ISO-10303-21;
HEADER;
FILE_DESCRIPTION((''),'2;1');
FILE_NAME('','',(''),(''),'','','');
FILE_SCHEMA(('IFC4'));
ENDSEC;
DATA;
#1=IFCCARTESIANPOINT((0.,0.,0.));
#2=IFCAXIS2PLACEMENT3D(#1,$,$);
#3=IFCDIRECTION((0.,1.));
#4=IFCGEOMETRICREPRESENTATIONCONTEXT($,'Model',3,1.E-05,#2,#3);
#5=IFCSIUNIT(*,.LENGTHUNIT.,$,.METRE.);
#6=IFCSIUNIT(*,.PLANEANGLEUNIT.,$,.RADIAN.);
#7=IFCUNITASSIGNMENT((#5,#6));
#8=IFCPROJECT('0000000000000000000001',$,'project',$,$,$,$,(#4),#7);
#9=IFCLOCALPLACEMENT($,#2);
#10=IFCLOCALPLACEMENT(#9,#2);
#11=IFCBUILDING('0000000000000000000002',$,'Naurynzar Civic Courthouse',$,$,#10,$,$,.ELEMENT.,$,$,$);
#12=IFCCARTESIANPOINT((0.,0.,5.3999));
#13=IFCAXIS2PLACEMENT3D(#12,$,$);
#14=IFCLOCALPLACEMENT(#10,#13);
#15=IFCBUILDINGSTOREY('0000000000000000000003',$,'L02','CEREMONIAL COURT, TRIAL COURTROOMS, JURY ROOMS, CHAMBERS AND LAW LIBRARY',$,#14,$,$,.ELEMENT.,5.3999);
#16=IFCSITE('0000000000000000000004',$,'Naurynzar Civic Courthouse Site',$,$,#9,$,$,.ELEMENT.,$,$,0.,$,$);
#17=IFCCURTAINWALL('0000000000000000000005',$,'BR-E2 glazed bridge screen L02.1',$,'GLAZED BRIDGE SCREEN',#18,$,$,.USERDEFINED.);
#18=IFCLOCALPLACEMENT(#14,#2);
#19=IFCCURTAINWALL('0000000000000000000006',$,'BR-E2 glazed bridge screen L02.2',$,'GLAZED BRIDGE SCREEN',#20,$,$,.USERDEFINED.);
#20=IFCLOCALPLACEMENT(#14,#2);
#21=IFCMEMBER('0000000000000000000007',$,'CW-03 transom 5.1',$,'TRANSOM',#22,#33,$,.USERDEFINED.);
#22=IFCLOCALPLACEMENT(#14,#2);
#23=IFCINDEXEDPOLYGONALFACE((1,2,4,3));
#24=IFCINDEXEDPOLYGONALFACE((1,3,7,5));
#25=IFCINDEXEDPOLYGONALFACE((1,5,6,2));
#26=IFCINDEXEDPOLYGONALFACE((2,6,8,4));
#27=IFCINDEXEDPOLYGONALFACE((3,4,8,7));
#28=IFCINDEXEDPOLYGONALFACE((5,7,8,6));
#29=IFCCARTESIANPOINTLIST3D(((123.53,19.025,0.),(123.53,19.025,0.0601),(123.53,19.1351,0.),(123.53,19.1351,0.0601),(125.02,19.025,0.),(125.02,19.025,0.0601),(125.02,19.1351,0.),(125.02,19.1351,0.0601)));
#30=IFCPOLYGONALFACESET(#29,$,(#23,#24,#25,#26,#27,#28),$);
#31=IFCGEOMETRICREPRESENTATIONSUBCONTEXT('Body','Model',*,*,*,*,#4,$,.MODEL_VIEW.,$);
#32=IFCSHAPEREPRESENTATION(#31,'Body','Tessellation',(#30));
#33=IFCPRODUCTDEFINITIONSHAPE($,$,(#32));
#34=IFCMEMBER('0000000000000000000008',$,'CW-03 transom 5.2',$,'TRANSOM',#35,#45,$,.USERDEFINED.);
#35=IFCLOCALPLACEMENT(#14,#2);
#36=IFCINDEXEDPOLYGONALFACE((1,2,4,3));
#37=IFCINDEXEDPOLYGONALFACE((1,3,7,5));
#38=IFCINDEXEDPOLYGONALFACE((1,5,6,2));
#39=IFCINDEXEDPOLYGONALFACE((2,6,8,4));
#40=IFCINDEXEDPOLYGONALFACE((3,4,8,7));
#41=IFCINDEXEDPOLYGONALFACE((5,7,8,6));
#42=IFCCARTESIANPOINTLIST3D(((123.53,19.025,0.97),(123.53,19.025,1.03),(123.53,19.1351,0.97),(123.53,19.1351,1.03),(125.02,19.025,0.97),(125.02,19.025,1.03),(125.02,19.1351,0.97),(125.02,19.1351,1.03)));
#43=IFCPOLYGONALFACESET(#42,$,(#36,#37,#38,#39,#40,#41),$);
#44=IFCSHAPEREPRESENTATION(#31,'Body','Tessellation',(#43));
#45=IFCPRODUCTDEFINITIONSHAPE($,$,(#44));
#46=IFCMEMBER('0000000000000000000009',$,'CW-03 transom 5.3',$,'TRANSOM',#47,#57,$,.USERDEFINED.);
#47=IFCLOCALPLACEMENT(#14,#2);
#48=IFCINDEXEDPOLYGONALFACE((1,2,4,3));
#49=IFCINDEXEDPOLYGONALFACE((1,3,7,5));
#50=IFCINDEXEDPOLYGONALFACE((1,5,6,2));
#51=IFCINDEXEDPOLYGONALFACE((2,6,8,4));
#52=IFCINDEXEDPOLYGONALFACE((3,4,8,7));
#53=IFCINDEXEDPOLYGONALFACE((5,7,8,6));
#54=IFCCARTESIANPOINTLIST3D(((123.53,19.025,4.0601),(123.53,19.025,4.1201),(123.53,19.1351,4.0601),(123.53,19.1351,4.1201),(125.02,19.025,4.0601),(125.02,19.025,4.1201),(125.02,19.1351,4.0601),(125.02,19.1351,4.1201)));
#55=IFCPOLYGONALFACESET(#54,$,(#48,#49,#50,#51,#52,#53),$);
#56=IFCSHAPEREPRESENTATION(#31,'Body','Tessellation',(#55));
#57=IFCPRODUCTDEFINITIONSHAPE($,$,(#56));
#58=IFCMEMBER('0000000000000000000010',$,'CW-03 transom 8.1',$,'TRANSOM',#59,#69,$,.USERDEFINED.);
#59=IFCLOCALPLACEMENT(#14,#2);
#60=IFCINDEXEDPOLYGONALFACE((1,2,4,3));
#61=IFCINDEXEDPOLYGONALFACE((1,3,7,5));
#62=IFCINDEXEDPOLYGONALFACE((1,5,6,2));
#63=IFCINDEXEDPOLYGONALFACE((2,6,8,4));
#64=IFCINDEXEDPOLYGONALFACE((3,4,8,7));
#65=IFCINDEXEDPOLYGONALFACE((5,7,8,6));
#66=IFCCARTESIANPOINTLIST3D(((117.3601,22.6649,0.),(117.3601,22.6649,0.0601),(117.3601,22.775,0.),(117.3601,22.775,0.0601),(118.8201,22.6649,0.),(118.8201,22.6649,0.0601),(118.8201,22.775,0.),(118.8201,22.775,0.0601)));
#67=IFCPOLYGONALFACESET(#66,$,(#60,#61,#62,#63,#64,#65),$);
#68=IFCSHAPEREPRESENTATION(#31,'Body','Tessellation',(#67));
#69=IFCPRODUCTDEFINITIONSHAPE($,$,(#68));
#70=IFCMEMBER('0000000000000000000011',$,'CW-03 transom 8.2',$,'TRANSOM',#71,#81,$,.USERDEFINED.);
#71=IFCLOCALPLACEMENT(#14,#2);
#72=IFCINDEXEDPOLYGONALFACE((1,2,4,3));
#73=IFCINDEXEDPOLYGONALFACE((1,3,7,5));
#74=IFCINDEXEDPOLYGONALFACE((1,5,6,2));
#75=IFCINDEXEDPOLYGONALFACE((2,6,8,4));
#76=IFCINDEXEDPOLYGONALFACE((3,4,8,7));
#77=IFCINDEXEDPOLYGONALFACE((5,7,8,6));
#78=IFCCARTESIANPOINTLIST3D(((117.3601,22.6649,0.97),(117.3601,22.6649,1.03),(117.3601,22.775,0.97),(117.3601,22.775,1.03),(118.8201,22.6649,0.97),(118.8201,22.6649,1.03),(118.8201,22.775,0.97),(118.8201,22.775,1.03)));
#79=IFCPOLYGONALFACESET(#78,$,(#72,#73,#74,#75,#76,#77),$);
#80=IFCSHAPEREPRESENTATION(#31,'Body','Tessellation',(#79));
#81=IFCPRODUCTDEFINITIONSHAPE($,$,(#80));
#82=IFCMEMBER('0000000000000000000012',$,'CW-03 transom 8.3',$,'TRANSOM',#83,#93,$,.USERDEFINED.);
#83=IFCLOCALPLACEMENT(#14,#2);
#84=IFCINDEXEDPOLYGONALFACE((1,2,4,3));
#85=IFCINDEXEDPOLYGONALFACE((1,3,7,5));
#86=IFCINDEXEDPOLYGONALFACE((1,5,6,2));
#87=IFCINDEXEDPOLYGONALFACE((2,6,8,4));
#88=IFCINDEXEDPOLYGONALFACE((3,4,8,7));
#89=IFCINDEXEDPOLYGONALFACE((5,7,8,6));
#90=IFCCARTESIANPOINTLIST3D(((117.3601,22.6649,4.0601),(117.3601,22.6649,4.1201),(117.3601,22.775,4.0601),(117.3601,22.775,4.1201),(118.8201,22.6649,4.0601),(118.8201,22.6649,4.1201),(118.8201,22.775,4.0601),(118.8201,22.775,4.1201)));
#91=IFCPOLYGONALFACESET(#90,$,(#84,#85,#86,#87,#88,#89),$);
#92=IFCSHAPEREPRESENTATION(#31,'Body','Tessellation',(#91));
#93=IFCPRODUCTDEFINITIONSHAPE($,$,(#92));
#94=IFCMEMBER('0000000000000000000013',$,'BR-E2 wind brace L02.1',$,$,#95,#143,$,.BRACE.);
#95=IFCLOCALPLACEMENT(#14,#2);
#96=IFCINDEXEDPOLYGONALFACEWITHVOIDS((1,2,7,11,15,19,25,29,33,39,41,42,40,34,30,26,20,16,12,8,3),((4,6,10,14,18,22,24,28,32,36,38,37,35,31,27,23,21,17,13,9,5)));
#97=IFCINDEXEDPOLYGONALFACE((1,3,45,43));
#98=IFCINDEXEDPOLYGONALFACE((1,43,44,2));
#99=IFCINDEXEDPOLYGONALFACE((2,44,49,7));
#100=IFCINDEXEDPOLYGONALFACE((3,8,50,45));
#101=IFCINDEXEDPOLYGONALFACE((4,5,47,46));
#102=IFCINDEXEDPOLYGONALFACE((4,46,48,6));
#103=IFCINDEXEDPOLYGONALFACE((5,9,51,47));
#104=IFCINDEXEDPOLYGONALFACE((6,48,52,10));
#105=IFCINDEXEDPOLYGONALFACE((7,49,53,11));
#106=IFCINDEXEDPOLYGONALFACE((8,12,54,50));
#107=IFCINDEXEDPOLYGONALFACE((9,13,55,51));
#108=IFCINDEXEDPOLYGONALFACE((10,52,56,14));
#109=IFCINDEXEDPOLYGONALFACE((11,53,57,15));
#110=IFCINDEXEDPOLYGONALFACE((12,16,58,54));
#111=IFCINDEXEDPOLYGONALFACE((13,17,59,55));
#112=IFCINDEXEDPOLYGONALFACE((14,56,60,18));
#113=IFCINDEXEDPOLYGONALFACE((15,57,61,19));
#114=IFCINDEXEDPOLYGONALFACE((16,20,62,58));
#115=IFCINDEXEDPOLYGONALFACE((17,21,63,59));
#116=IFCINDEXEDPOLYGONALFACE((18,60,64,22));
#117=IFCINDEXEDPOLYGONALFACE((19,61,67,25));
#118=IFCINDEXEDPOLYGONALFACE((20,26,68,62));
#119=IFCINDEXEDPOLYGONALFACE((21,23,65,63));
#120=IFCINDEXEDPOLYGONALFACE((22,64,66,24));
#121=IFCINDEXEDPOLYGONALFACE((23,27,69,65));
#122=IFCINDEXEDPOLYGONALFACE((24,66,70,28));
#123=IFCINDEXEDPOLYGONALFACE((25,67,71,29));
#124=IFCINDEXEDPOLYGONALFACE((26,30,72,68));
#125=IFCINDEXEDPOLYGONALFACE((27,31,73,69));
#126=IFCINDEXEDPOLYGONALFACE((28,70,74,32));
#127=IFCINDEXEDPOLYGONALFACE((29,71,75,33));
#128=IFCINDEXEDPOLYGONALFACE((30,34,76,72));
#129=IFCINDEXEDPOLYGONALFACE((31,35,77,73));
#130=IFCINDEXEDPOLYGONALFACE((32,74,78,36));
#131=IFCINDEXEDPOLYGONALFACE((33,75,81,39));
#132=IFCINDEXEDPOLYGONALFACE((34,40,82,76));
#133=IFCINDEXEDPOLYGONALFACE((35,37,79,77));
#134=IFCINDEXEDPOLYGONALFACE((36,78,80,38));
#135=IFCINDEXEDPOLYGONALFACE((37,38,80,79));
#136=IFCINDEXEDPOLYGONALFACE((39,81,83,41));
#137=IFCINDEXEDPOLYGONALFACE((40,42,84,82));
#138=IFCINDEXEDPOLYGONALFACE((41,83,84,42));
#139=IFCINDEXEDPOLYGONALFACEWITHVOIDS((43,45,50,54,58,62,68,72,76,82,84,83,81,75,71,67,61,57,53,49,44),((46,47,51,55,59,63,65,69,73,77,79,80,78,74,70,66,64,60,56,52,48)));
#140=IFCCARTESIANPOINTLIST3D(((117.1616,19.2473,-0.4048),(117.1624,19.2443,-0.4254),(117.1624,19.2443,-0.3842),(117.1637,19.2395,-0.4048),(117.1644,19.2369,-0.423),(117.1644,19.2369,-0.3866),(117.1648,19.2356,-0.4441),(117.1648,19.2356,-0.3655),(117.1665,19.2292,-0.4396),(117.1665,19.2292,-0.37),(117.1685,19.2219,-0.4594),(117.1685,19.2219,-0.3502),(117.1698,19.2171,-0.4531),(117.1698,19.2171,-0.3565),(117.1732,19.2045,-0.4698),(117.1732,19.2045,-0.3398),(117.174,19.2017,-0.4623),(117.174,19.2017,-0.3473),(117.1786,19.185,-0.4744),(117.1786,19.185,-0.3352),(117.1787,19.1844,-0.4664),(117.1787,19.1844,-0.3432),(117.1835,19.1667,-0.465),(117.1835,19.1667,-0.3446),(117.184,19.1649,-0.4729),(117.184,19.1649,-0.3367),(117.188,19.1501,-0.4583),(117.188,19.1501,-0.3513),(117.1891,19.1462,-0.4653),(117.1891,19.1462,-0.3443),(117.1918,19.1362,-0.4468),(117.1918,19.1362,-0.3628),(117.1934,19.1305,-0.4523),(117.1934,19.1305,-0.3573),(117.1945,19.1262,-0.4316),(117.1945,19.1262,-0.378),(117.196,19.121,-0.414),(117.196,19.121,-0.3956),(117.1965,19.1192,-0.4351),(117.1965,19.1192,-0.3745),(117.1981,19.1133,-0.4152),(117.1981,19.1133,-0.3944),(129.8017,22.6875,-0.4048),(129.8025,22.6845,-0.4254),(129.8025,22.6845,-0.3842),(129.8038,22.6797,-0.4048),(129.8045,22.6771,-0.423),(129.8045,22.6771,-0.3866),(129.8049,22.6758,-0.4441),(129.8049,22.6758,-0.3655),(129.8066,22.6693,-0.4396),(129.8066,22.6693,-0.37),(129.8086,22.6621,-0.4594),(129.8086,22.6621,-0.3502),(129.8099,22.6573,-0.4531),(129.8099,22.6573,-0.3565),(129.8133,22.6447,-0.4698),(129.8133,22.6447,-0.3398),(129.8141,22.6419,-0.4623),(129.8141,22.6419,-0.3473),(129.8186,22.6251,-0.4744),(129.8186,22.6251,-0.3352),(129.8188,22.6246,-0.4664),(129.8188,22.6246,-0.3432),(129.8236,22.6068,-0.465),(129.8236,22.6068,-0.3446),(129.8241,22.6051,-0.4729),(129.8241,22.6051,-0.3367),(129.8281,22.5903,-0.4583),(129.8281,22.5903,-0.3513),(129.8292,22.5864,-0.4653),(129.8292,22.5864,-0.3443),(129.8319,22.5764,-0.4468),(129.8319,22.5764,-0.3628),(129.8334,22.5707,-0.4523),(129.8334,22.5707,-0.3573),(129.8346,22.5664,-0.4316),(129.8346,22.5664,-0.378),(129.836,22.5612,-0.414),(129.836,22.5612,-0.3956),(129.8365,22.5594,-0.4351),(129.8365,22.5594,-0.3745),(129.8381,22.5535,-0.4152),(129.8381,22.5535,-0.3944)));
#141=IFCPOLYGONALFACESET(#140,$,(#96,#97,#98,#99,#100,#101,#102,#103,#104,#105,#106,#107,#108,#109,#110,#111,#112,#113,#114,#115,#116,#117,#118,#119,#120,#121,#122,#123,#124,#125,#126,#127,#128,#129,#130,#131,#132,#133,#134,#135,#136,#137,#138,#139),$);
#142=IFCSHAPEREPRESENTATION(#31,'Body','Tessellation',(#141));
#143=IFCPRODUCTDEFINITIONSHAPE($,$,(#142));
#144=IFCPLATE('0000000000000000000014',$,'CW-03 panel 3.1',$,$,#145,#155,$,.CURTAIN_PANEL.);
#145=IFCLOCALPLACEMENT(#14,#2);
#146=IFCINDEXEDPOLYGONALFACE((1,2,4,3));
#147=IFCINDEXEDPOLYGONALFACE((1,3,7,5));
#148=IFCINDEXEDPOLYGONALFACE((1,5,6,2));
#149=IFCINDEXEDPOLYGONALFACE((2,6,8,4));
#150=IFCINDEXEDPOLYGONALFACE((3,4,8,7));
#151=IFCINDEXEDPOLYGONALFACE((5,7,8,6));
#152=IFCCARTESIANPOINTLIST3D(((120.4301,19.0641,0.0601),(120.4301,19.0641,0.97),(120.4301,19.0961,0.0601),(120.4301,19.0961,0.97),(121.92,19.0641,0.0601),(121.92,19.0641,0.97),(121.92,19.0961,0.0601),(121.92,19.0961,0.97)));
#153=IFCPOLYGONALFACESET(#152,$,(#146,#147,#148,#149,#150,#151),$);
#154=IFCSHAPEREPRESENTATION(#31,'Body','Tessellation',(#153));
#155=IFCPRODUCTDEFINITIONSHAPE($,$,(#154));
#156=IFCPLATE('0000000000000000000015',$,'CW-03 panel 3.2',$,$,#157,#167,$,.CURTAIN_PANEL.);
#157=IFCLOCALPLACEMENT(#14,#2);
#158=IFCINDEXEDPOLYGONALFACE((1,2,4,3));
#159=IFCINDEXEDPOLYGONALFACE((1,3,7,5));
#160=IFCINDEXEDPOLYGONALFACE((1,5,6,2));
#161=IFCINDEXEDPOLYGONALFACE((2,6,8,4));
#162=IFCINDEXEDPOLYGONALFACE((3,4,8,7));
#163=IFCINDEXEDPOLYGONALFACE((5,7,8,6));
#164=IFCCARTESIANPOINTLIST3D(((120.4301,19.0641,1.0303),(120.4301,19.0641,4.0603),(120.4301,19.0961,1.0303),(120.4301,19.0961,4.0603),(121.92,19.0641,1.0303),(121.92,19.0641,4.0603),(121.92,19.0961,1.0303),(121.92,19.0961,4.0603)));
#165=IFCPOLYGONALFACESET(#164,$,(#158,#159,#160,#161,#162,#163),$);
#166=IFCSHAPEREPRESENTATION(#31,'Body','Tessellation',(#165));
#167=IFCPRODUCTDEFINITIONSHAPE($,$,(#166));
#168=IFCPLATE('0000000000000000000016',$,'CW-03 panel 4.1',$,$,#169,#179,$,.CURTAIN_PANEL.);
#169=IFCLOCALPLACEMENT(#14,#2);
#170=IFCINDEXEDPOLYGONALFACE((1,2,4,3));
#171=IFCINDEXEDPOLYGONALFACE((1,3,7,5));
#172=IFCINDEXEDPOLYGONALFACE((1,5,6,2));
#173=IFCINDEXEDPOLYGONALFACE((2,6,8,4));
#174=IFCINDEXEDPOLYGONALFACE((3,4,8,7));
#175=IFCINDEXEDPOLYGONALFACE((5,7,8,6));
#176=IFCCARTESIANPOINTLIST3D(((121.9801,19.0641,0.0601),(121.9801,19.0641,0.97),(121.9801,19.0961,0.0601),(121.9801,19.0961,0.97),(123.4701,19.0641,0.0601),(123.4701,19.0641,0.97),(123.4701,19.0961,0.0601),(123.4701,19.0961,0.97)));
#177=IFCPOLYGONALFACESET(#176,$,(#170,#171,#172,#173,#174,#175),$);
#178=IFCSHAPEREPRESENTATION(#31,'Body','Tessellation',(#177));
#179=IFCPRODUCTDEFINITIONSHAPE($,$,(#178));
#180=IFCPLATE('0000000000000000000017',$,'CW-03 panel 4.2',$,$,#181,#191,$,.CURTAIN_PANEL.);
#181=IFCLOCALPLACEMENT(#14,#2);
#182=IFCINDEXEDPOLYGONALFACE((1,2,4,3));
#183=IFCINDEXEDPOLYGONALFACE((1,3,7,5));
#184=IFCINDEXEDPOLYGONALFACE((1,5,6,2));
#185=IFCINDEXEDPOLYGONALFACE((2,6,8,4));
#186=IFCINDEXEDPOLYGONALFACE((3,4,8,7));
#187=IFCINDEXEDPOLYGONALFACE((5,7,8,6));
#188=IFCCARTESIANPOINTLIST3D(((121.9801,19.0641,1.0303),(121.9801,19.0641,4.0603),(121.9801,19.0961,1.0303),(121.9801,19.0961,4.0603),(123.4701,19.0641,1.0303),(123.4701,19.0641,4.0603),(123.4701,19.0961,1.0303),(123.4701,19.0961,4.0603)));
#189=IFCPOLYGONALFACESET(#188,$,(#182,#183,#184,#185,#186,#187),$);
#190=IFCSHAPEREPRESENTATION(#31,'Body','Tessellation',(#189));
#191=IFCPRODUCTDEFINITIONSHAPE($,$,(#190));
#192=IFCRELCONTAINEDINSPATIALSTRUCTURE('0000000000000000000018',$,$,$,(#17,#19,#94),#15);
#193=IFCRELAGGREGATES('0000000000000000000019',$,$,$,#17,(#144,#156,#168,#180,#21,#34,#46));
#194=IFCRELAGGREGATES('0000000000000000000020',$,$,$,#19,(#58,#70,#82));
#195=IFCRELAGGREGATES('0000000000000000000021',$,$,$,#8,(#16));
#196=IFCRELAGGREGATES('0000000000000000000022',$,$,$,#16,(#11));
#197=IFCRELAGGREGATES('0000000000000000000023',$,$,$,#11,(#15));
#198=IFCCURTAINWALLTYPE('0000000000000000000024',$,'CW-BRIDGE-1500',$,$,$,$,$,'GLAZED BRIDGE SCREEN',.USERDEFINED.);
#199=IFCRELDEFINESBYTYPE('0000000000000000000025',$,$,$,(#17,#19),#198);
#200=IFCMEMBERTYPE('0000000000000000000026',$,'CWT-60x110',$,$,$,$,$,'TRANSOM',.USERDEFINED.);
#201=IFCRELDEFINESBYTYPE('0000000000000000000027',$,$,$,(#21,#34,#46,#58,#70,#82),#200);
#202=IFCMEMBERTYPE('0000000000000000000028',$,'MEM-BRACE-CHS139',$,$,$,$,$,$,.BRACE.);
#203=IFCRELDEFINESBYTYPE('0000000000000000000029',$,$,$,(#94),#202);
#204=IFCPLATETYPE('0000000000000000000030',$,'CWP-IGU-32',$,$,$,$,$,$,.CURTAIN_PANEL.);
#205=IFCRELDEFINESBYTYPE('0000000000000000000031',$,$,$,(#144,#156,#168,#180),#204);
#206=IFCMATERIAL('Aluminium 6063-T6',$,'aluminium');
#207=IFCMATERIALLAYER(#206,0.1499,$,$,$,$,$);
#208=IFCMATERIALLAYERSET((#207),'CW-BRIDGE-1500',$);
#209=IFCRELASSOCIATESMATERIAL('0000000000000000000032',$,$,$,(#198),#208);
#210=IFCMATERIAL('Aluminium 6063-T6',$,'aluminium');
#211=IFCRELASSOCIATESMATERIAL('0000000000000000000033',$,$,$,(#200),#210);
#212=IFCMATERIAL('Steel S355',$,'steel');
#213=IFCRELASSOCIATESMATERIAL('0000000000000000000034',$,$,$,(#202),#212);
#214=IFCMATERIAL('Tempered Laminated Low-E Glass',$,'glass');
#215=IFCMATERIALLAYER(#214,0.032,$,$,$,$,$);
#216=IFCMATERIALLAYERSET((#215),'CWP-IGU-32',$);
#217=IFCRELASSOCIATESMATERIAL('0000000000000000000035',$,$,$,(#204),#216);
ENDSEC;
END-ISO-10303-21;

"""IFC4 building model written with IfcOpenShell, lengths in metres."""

from ifc_helpers import new_model, si_unit, direction, frame, origin, origin_2d, place, context, subcontext, project, spatial, rectangle, hollow_circle, extrude, material, layer, layer_set, material_profile, profile_set, type_object, element, aggregate, save


model = new_model("IFC4")

# Units and contexts
model_context = context("Model", 3, precision=1e-05, world=origin(), true_north=direction((0.0, 1.0)))
body_context = subcontext(model_context, "Body", "Model", "MODEL_VIEW")
ifc_project = project(units=[si_unit("LENGTHUNIT", "METRE"), si_unit("PLANEANGLEUNIT", "RADIAN")], contexts=[model_context])

# Site, building, storey
site_placement = place(None, origin())
site = spatial("IfcSite", under=ifc_project, at=site_placement, Name="Naurynzar Civic Courthouse Site", CompositionType="ELEMENT", RefElevation=0.0)
building_placement = place(site_placement, origin())
building = spatial("IfcBuilding", under=site, at=building_placement, Name="Naurynzar Civic Courthouse", CompositionType="ELEMENT")
storey_placement = place(building_placement, frame((0.0, 0.0, 5.3999)))
storey = spatial("IfcBuildingStorey", under=building, at=storey_placement, Name="L02", Description="CEREMONIAL COURT, TRIAL COURTROOMS, JURY ROOMS, CHAMBERS AND LAW LIBRARY", CompositionType="ELEMENT", Elevation=5.3999)

# Curtain walls
ifc_material_1 = material(Name="Aluminium 6063-T6", Category="aluminium")
ifc_layer_1 = layer(ifc_material_1, 0.1499)
ifc_layer_set_1 = layer_set([ifc_layer_1], Name="CW-BRIDGE-1500")
curtain_wall_type = type_object("IfcCurtainWallType", Name="CW-BRIDGE-1500", ElementType="GLAZED BRIDGE SCREEN", PredefinedType="USERDEFINED", material=ifc_layer_set_1)
curtain_wall_1_placement = place(storey_placement, origin())
curtain_wall_1 = element("IfcCurtainWall", 1, at=curtain_wall_1_placement, inside=storey, type_object=curtain_wall_type, Name="BR-E2 glazed bridge screen L02.1", ObjectType="GLAZED BRIDGE SCREEN", PredefinedType="USERDEFINED")
curtain_wall_2_placement = place(storey_placement, origin())
curtain_wall_2 = element("IfcCurtainWall", 2, at=curtain_wall_2_placement, inside=storey, type_object=curtain_wall_type, Name="BR-E2 glazed bridge screen L02.2", ObjectType="GLAZED BRIDGE SCREEN", PredefinedType="USERDEFINED")

# Members
ifc_material_2 = material(Name="Aluminium 6063-T6", Category="aluminium")
ifc_material_profile_1 = material_profile(ifc_material_2, rectangle(XDim=0.1101, YDim=0.0601, at=origin_2d()), Name="ALU TRANSOM 60x110")
ifc_profile_set_1 = profile_set([ifc_material_profile_1], Name="Aluminium 6063-T6")
member_type_1 = type_object("IfcMemberType", Name="CWT-60x110", ElementType="TRANSOM", PredefinedType="USERDEFINED", material=ifc_profile_set_1)
member_1_placement = place(storey_placement, frame((123.53, 19.0801, 0.03), z_axis=(1.0, 0.0, 0.0), x_axis=(0.0, 1.0, 0.0)))
member_1 = element("IfcMember", 3, at=member_1_placement, type_object=member_type_1, Name="CW-03 transom 5.1", ObjectType="TRANSOM", PredefinedType="USERDEFINED", context=body_context, shape_type="SweptSolid", body=[
    extrude(rectangle(XDim=0.1101, YDim=0.0601, at=origin_2d()), origin(), (0.0, 0.0, 1.0), 1.49),
])
member_2_placement = place(storey_placement, frame((123.53, 19.0801, 1.0), z_axis=(1.0, 0.0, 0.0), x_axis=(0.0, 1.0, 0.0)))
member_2 = element("IfcMember", 4, at=member_2_placement, type_object=member_type_1, Name="CW-03 transom 5.2", ObjectType="TRANSOM", PredefinedType="USERDEFINED", context=body_context, shape_type="SweptSolid", body=[
    extrude(rectangle(XDim=0.1101, YDim=0.0601, at=origin_2d()), origin(), (0.0, 0.0, 1.0), 1.49),
])
member_3_placement = place(storey_placement, frame((123.53, 19.0801, 4.0901), z_axis=(1.0, 0.0, 0.0), x_axis=(0.0, 1.0, 0.0)))
member_3 = element("IfcMember", 5, at=member_3_placement, type_object=member_type_1, Name="CW-03 transom 5.3", ObjectType="TRANSOM", PredefinedType="USERDEFINED", context=body_context, shape_type="SweptSolid", body=[
    extrude(rectangle(XDim=0.1101, YDim=0.0601, at=origin_2d()), origin(), (0.0, 0.0, 1.0), 1.49),
])
member_4_placement = place(storey_placement, frame((118.8201, 22.72, 0.03), z_axis=(-1.0, 0.0, 0.0), x_axis=(0.0, -1.0, 0.0)))
member_4 = element("IfcMember", 6, at=member_4_placement, type_object=member_type_1, Name="CW-03 transom 8.1", ObjectType="TRANSOM", PredefinedType="USERDEFINED", context=body_context, shape_type="SweptSolid", body=[
    extrude(rectangle(XDim=0.1101, YDim=0.0601, at=origin_2d()), origin(), (0.0, 0.0, 1.0), 1.46),
])
member_5_placement = place(storey_placement, frame((118.8201, 22.72, 1.0), z_axis=(-1.0, 0.0, 0.0), x_axis=(0.0, -1.0, 0.0)))
member_5 = element("IfcMember", 7, at=member_5_placement, type_object=member_type_1, Name="CW-03 transom 8.2", ObjectType="TRANSOM", PredefinedType="USERDEFINED", context=body_context, shape_type="SweptSolid", body=[
    extrude(rectangle(XDim=0.1101, YDim=0.0601, at=origin_2d()), origin(), (0.0, 0.0, 1.0), 1.46),
])
member_6_placement = place(storey_placement, frame((118.8201, 22.72, 4.0901), z_axis=(-1.0, 0.0, 0.0), x_axis=(0.0, -1.0, 0.0)))
member_6 = element("IfcMember", 8, at=member_6_placement, type_object=member_type_1, Name="CW-03 transom 8.3", ObjectType="TRANSOM", PredefinedType="USERDEFINED", context=body_context, shape_type="SweptSolid", body=[
    extrude(rectangle(XDim=0.1101, YDim=0.0601, at=origin_2d()), origin(), (0.0, 0.0, 1.0), 1.46),
])
ifc_material_3 = material(Name="Steel S355", Category="steel")
ifc_material_profile_2 = material_profile(ifc_material_3, hollow_circle(Radius=0.0698, WallThickness=0.0081, at=origin_2d()), Name="CHS 139.7x8")
ifc_profile_set_2 = profile_set([ifc_material_profile_2], Name="Steel S355")
member_type_2 = type_object("IfcMemberType", Name="MEM-BRACE-CHS139", PredefinedType="BRACE", material=ifc_profile_set_2)
member_7_placement = place(storey_placement, frame((117.1799, 19.1799, -0.4048), z_axis=(0.964902, 0.262611, 0.0), x_axis=(-0.262611, 0.964902, 0.0)))
element("IfcMember", 9, at=member_7_placement, inside=storey, type_object=member_type_2, Name="BR-E2 wind brace L02.1", PredefinedType="BRACE", context=body_context, shape_type="SweptSolid", body=[
    extrude(hollow_circle(Radius=0.0698, WallThickness=0.0081, at=origin_2d()), origin(), (0.0, 0.0, 1.0), 13.0999),
])

# Plates
ifc_material_4 = material(Name="Tempered Laminated Low-E Glass", Category="glass")
ifc_layer_2 = layer(ifc_material_4, 0.032)
ifc_layer_set_2 = layer_set([ifc_layer_2], Name="CWP-IGU-32")
plate_type_1 = type_object("IfcPlateType", Name="CWP-IGU-32", PredefinedType="CURTAIN_PANEL", material=ifc_layer_set_2)
plate_1_placement = place(storey_placement, frame((121.175, 19.0801, 0.0601), z_axis=(0.0, 0.0, 1.0), x_axis=(1.0, 0.0, 0.0)))
plate_1 = element("IfcPlate", 10, at=plate_1_placement, type_object=plate_type_1, Name="CW-03 panel 3.1", PredefinedType="CURTAIN_PANEL", context=body_context, shape_type="SweptSolid", body=[
    extrude(rectangle(XDim=1.49, YDim=0.032, at=origin_2d()), origin(), (0.0, 0.0, 1.0), 0.9099),
])
plate_2_placement = place(storey_placement, frame((121.175, 19.0801, 1.0303), z_axis=(0.0, 0.0, 1.0), x_axis=(1.0, 0.0, 0.0)))
plate_2 = element("IfcPlate", 11, at=plate_2_placement, type_object=plate_type_1, Name="CW-03 panel 3.2", PredefinedType="CURTAIN_PANEL", context=body_context, shape_type="SweptSolid", body=[
    extrude(rectangle(XDim=1.49, YDim=0.032, at=origin_2d()), origin(), (0.0, 0.0, 1.0), 3.03),
])
plate_3_placement = place(storey_placement, frame((122.7251, 19.0801, 0.0601), z_axis=(0.0, 0.0, 1.0), x_axis=(1.0, 0.0, 0.0)))
plate_3 = element("IfcPlate", 12, at=plate_3_placement, type_object=plate_type_1, Name="CW-03 panel 4.1", PredefinedType="CURTAIN_PANEL", context=body_context, shape_type="SweptSolid", body=[
    extrude(rectangle(XDim=1.49, YDim=0.032, at=origin_2d()), origin(), (0.0, 0.0, 1.0), 0.9099),
])
plate_4_placement = place(storey_placement, frame((122.7251, 19.0801, 1.0303), z_axis=(0.0, 0.0, 1.0), x_axis=(1.0, 0.0, 0.0)))
plate_4 = element("IfcPlate", 13, at=plate_4_placement, type_object=plate_type_1, Name="CW-03 panel 4.2", PredefinedType="CURTAIN_PANEL", context=body_context, shape_type="SweptSolid", body=[
    extrude(rectangle(XDim=1.49, YDim=0.032, at=origin_2d()), origin(), (0.0, 0.0, 1.0), 3.03),
])
aggregate(curtain_wall_1, [plate_1, plate_2, plate_3, plate_4, member_1, member_2, member_3])
aggregate(curtain_wall_2, [member_4, member_5, member_6])

save(model, "model.ifc")
